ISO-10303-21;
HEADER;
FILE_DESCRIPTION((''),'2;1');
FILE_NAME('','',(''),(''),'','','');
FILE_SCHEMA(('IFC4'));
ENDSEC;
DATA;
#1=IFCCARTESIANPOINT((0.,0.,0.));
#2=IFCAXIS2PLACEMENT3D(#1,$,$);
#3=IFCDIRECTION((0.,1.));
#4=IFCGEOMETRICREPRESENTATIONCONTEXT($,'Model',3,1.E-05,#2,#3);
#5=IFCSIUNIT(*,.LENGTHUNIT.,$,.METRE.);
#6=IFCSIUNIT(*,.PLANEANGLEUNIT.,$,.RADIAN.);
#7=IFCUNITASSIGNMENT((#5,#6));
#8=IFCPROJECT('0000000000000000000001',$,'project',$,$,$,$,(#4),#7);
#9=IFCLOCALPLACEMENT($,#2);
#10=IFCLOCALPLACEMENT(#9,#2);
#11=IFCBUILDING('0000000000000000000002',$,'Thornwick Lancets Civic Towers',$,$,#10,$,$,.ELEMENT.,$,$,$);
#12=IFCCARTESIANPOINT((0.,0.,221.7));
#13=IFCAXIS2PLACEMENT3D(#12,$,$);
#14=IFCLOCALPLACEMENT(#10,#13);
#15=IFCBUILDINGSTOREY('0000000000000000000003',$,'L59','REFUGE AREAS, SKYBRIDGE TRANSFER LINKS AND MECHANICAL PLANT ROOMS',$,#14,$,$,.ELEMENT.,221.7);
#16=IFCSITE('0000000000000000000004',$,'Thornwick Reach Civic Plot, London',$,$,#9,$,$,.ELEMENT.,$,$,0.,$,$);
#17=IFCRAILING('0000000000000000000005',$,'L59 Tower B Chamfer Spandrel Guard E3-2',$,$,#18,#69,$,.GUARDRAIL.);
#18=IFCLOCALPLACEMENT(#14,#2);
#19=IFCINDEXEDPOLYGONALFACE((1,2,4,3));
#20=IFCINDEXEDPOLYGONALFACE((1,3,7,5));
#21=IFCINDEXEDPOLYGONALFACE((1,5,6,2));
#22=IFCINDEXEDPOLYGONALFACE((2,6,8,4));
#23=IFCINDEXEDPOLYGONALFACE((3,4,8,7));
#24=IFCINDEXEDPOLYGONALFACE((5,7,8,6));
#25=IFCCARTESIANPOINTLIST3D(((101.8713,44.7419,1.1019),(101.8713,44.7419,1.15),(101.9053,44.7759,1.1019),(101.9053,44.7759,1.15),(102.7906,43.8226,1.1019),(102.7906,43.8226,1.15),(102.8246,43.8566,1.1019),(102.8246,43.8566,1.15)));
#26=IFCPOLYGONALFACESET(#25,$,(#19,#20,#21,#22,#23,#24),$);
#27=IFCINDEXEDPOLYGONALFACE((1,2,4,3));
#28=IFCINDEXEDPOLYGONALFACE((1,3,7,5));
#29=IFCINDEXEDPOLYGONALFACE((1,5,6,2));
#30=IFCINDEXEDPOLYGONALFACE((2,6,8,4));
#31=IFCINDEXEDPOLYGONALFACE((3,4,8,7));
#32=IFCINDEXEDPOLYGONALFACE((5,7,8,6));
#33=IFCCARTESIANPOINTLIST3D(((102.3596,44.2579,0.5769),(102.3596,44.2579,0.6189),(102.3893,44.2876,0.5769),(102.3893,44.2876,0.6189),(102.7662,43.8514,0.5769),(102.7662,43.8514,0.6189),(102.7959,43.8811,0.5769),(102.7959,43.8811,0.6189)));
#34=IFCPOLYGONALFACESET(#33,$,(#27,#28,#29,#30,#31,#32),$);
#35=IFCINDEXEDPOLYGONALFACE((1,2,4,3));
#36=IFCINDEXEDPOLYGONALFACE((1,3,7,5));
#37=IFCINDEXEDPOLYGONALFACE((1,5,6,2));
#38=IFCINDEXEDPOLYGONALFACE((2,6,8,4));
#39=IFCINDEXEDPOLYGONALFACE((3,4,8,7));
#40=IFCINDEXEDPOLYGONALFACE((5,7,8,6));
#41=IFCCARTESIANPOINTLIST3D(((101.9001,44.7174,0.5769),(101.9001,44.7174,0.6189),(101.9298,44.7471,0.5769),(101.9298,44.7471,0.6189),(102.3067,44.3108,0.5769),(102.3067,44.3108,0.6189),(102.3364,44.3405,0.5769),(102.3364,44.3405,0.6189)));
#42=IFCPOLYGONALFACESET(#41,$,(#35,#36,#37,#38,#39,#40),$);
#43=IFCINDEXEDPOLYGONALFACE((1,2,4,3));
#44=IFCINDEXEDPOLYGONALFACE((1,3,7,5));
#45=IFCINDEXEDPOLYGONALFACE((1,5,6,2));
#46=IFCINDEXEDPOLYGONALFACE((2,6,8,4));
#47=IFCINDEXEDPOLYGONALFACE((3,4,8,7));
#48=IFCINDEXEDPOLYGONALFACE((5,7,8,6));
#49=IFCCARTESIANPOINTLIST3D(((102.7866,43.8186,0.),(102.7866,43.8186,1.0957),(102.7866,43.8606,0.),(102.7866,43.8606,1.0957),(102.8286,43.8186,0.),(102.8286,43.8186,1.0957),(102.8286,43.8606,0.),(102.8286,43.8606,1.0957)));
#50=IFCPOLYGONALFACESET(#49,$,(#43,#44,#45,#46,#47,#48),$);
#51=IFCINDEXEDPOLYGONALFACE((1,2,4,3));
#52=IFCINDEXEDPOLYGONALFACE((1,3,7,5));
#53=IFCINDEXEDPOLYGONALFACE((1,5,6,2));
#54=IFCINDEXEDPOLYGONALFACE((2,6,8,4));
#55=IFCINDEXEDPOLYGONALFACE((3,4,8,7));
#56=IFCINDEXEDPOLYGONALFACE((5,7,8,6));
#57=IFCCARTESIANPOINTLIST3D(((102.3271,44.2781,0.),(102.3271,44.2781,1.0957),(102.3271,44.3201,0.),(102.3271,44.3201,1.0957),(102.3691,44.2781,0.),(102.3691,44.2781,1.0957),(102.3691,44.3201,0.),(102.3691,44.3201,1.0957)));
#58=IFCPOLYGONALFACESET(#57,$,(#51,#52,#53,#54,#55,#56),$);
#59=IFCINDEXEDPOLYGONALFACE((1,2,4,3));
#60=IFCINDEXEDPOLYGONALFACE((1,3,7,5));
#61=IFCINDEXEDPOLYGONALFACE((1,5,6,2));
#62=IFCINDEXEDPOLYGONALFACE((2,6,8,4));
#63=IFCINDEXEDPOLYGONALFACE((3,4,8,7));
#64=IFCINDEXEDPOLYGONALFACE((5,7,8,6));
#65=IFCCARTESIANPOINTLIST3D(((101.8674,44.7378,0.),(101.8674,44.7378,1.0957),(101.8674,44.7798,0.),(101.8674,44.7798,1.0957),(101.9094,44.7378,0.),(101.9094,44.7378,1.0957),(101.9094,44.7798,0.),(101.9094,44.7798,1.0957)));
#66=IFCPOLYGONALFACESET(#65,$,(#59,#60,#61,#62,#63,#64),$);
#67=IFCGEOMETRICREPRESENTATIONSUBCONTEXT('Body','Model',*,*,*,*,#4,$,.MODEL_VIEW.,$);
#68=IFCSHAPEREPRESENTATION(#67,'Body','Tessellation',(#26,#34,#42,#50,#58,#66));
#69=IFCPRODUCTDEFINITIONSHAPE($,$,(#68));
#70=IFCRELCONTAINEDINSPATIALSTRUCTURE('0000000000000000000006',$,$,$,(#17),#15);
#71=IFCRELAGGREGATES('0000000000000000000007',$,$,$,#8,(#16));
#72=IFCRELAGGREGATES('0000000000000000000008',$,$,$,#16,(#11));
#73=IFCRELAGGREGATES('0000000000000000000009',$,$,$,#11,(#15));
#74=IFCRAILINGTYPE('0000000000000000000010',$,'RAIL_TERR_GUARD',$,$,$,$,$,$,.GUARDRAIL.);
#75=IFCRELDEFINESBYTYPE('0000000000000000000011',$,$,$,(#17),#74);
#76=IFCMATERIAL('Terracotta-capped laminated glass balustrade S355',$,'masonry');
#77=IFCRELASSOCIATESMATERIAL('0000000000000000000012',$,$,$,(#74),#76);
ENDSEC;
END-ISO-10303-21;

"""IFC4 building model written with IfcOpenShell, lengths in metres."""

from ifc_helpers import new_model, si_unit, direction, frame, origin, origin_2d, place, context, subcontext, project, spatial, rectangle, extrude, material, type_object, element, save


model = new_model("IFC4")

# Units and contexts
model_context = context("Model", 3, precision=1e-05, world=origin(), true_north=direction((0.0, 1.0)))
body_context = subcontext(model_context, "Body", "Model", "MODEL_VIEW")
ifc_project = project(units=[si_unit("LENGTHUNIT", "METRE"), si_unit("PLANEANGLEUNIT", "RADIAN")], contexts=[model_context])

# Site, building, storey
site_placement = place(None, origin())
site = spatial("IfcSite", under=ifc_project, at=site_placement, Name="Thornwick Reach Civic Plot, London", CompositionType="ELEMENT", RefElevation=0.0)
building_placement = place(site_placement, origin())
building = spatial("IfcBuilding", under=site, at=building_placement, Name="Thornwick Lancets Civic Towers", CompositionType="ELEMENT")
storey_placement = place(building_placement, frame((0.0, 0.0, 221.7)))
storey = spatial("IfcBuildingStorey", under=building, at=storey_placement, Name="L59", Description="REFUGE AREAS, SKYBRIDGE TRANSFER LINKS AND MECHANICAL PLANT ROOMS", CompositionType="ELEMENT", Elevation=221.7)

# Railing
ifc_material_1 = material(Name="Terracotta-capped laminated glass balustrade S355", Category="masonry")
railing_type = type_object("IfcRailingType", Name="RAIL_TERR_GUARD", PredefinedType="GUARDRAIL", material=ifc_material_1)
for number, where, name in (
    (1, (102.8076, 43.8396, 0.0), "L59 Tower B Chamfer Spandrel Guard E3-2"),
):
    element("IfcRailing", number, at=place(storey_placement, frame(where)), inside=storey, type_object=railing_type, Name=name, PredefinedType="GUARDRAIL", context=body_context, shape_type="SweptSolid", body=[
        extrude(rectangle(XDim=0.0481, YDim=0.0481, at=origin_2d()), frame((0.0, 0.0, 1.126), z_axis=(-0.707107, 0.707107, 0.0), x_axis=(-0.707107, -0.707107, 0.0)), (0.0, 0.0, 1.0), 1.3),
        extrude(rectangle(XDim=0.042, YDim=0.042, at=origin_2d()), frame((-0.0266, 0.0266, 0.5979), z_axis=(-0.707107, 0.707107, 0.0), x_axis=(-0.707107, -0.707107, 0.0)), (0.0, 0.0, 1.0), 0.575),
        extrude(rectangle(XDim=0.042, YDim=0.042, at=origin_2d()), frame((-0.4861, 0.4861, 0.5979), z_axis=(-0.707107, 0.707107, 0.0), x_axis=(-0.707107, -0.707107, 0.0)), (0.0, 0.0, 1.0), 0.575),
        extrude(rectangle(XDim=0.042, YDim=0.042, at=origin_2d()), origin(), (0.0, 0.0, 1.0), 1.0957),
        extrude(rectangle(XDim=0.042, YDim=0.042, at=origin_2d()), frame((-0.4595, 0.4595, 0.0)), (0.0, 0.0, 1.0), 1.0957),
        extrude(rectangle(XDim=0.042, YDim=0.042, at=origin_2d()), frame((-0.9192, 0.9192, 0.0)), (0.0, 0.0, 1.0), 1.0957),
    ])

save(model, "model.ifc")
